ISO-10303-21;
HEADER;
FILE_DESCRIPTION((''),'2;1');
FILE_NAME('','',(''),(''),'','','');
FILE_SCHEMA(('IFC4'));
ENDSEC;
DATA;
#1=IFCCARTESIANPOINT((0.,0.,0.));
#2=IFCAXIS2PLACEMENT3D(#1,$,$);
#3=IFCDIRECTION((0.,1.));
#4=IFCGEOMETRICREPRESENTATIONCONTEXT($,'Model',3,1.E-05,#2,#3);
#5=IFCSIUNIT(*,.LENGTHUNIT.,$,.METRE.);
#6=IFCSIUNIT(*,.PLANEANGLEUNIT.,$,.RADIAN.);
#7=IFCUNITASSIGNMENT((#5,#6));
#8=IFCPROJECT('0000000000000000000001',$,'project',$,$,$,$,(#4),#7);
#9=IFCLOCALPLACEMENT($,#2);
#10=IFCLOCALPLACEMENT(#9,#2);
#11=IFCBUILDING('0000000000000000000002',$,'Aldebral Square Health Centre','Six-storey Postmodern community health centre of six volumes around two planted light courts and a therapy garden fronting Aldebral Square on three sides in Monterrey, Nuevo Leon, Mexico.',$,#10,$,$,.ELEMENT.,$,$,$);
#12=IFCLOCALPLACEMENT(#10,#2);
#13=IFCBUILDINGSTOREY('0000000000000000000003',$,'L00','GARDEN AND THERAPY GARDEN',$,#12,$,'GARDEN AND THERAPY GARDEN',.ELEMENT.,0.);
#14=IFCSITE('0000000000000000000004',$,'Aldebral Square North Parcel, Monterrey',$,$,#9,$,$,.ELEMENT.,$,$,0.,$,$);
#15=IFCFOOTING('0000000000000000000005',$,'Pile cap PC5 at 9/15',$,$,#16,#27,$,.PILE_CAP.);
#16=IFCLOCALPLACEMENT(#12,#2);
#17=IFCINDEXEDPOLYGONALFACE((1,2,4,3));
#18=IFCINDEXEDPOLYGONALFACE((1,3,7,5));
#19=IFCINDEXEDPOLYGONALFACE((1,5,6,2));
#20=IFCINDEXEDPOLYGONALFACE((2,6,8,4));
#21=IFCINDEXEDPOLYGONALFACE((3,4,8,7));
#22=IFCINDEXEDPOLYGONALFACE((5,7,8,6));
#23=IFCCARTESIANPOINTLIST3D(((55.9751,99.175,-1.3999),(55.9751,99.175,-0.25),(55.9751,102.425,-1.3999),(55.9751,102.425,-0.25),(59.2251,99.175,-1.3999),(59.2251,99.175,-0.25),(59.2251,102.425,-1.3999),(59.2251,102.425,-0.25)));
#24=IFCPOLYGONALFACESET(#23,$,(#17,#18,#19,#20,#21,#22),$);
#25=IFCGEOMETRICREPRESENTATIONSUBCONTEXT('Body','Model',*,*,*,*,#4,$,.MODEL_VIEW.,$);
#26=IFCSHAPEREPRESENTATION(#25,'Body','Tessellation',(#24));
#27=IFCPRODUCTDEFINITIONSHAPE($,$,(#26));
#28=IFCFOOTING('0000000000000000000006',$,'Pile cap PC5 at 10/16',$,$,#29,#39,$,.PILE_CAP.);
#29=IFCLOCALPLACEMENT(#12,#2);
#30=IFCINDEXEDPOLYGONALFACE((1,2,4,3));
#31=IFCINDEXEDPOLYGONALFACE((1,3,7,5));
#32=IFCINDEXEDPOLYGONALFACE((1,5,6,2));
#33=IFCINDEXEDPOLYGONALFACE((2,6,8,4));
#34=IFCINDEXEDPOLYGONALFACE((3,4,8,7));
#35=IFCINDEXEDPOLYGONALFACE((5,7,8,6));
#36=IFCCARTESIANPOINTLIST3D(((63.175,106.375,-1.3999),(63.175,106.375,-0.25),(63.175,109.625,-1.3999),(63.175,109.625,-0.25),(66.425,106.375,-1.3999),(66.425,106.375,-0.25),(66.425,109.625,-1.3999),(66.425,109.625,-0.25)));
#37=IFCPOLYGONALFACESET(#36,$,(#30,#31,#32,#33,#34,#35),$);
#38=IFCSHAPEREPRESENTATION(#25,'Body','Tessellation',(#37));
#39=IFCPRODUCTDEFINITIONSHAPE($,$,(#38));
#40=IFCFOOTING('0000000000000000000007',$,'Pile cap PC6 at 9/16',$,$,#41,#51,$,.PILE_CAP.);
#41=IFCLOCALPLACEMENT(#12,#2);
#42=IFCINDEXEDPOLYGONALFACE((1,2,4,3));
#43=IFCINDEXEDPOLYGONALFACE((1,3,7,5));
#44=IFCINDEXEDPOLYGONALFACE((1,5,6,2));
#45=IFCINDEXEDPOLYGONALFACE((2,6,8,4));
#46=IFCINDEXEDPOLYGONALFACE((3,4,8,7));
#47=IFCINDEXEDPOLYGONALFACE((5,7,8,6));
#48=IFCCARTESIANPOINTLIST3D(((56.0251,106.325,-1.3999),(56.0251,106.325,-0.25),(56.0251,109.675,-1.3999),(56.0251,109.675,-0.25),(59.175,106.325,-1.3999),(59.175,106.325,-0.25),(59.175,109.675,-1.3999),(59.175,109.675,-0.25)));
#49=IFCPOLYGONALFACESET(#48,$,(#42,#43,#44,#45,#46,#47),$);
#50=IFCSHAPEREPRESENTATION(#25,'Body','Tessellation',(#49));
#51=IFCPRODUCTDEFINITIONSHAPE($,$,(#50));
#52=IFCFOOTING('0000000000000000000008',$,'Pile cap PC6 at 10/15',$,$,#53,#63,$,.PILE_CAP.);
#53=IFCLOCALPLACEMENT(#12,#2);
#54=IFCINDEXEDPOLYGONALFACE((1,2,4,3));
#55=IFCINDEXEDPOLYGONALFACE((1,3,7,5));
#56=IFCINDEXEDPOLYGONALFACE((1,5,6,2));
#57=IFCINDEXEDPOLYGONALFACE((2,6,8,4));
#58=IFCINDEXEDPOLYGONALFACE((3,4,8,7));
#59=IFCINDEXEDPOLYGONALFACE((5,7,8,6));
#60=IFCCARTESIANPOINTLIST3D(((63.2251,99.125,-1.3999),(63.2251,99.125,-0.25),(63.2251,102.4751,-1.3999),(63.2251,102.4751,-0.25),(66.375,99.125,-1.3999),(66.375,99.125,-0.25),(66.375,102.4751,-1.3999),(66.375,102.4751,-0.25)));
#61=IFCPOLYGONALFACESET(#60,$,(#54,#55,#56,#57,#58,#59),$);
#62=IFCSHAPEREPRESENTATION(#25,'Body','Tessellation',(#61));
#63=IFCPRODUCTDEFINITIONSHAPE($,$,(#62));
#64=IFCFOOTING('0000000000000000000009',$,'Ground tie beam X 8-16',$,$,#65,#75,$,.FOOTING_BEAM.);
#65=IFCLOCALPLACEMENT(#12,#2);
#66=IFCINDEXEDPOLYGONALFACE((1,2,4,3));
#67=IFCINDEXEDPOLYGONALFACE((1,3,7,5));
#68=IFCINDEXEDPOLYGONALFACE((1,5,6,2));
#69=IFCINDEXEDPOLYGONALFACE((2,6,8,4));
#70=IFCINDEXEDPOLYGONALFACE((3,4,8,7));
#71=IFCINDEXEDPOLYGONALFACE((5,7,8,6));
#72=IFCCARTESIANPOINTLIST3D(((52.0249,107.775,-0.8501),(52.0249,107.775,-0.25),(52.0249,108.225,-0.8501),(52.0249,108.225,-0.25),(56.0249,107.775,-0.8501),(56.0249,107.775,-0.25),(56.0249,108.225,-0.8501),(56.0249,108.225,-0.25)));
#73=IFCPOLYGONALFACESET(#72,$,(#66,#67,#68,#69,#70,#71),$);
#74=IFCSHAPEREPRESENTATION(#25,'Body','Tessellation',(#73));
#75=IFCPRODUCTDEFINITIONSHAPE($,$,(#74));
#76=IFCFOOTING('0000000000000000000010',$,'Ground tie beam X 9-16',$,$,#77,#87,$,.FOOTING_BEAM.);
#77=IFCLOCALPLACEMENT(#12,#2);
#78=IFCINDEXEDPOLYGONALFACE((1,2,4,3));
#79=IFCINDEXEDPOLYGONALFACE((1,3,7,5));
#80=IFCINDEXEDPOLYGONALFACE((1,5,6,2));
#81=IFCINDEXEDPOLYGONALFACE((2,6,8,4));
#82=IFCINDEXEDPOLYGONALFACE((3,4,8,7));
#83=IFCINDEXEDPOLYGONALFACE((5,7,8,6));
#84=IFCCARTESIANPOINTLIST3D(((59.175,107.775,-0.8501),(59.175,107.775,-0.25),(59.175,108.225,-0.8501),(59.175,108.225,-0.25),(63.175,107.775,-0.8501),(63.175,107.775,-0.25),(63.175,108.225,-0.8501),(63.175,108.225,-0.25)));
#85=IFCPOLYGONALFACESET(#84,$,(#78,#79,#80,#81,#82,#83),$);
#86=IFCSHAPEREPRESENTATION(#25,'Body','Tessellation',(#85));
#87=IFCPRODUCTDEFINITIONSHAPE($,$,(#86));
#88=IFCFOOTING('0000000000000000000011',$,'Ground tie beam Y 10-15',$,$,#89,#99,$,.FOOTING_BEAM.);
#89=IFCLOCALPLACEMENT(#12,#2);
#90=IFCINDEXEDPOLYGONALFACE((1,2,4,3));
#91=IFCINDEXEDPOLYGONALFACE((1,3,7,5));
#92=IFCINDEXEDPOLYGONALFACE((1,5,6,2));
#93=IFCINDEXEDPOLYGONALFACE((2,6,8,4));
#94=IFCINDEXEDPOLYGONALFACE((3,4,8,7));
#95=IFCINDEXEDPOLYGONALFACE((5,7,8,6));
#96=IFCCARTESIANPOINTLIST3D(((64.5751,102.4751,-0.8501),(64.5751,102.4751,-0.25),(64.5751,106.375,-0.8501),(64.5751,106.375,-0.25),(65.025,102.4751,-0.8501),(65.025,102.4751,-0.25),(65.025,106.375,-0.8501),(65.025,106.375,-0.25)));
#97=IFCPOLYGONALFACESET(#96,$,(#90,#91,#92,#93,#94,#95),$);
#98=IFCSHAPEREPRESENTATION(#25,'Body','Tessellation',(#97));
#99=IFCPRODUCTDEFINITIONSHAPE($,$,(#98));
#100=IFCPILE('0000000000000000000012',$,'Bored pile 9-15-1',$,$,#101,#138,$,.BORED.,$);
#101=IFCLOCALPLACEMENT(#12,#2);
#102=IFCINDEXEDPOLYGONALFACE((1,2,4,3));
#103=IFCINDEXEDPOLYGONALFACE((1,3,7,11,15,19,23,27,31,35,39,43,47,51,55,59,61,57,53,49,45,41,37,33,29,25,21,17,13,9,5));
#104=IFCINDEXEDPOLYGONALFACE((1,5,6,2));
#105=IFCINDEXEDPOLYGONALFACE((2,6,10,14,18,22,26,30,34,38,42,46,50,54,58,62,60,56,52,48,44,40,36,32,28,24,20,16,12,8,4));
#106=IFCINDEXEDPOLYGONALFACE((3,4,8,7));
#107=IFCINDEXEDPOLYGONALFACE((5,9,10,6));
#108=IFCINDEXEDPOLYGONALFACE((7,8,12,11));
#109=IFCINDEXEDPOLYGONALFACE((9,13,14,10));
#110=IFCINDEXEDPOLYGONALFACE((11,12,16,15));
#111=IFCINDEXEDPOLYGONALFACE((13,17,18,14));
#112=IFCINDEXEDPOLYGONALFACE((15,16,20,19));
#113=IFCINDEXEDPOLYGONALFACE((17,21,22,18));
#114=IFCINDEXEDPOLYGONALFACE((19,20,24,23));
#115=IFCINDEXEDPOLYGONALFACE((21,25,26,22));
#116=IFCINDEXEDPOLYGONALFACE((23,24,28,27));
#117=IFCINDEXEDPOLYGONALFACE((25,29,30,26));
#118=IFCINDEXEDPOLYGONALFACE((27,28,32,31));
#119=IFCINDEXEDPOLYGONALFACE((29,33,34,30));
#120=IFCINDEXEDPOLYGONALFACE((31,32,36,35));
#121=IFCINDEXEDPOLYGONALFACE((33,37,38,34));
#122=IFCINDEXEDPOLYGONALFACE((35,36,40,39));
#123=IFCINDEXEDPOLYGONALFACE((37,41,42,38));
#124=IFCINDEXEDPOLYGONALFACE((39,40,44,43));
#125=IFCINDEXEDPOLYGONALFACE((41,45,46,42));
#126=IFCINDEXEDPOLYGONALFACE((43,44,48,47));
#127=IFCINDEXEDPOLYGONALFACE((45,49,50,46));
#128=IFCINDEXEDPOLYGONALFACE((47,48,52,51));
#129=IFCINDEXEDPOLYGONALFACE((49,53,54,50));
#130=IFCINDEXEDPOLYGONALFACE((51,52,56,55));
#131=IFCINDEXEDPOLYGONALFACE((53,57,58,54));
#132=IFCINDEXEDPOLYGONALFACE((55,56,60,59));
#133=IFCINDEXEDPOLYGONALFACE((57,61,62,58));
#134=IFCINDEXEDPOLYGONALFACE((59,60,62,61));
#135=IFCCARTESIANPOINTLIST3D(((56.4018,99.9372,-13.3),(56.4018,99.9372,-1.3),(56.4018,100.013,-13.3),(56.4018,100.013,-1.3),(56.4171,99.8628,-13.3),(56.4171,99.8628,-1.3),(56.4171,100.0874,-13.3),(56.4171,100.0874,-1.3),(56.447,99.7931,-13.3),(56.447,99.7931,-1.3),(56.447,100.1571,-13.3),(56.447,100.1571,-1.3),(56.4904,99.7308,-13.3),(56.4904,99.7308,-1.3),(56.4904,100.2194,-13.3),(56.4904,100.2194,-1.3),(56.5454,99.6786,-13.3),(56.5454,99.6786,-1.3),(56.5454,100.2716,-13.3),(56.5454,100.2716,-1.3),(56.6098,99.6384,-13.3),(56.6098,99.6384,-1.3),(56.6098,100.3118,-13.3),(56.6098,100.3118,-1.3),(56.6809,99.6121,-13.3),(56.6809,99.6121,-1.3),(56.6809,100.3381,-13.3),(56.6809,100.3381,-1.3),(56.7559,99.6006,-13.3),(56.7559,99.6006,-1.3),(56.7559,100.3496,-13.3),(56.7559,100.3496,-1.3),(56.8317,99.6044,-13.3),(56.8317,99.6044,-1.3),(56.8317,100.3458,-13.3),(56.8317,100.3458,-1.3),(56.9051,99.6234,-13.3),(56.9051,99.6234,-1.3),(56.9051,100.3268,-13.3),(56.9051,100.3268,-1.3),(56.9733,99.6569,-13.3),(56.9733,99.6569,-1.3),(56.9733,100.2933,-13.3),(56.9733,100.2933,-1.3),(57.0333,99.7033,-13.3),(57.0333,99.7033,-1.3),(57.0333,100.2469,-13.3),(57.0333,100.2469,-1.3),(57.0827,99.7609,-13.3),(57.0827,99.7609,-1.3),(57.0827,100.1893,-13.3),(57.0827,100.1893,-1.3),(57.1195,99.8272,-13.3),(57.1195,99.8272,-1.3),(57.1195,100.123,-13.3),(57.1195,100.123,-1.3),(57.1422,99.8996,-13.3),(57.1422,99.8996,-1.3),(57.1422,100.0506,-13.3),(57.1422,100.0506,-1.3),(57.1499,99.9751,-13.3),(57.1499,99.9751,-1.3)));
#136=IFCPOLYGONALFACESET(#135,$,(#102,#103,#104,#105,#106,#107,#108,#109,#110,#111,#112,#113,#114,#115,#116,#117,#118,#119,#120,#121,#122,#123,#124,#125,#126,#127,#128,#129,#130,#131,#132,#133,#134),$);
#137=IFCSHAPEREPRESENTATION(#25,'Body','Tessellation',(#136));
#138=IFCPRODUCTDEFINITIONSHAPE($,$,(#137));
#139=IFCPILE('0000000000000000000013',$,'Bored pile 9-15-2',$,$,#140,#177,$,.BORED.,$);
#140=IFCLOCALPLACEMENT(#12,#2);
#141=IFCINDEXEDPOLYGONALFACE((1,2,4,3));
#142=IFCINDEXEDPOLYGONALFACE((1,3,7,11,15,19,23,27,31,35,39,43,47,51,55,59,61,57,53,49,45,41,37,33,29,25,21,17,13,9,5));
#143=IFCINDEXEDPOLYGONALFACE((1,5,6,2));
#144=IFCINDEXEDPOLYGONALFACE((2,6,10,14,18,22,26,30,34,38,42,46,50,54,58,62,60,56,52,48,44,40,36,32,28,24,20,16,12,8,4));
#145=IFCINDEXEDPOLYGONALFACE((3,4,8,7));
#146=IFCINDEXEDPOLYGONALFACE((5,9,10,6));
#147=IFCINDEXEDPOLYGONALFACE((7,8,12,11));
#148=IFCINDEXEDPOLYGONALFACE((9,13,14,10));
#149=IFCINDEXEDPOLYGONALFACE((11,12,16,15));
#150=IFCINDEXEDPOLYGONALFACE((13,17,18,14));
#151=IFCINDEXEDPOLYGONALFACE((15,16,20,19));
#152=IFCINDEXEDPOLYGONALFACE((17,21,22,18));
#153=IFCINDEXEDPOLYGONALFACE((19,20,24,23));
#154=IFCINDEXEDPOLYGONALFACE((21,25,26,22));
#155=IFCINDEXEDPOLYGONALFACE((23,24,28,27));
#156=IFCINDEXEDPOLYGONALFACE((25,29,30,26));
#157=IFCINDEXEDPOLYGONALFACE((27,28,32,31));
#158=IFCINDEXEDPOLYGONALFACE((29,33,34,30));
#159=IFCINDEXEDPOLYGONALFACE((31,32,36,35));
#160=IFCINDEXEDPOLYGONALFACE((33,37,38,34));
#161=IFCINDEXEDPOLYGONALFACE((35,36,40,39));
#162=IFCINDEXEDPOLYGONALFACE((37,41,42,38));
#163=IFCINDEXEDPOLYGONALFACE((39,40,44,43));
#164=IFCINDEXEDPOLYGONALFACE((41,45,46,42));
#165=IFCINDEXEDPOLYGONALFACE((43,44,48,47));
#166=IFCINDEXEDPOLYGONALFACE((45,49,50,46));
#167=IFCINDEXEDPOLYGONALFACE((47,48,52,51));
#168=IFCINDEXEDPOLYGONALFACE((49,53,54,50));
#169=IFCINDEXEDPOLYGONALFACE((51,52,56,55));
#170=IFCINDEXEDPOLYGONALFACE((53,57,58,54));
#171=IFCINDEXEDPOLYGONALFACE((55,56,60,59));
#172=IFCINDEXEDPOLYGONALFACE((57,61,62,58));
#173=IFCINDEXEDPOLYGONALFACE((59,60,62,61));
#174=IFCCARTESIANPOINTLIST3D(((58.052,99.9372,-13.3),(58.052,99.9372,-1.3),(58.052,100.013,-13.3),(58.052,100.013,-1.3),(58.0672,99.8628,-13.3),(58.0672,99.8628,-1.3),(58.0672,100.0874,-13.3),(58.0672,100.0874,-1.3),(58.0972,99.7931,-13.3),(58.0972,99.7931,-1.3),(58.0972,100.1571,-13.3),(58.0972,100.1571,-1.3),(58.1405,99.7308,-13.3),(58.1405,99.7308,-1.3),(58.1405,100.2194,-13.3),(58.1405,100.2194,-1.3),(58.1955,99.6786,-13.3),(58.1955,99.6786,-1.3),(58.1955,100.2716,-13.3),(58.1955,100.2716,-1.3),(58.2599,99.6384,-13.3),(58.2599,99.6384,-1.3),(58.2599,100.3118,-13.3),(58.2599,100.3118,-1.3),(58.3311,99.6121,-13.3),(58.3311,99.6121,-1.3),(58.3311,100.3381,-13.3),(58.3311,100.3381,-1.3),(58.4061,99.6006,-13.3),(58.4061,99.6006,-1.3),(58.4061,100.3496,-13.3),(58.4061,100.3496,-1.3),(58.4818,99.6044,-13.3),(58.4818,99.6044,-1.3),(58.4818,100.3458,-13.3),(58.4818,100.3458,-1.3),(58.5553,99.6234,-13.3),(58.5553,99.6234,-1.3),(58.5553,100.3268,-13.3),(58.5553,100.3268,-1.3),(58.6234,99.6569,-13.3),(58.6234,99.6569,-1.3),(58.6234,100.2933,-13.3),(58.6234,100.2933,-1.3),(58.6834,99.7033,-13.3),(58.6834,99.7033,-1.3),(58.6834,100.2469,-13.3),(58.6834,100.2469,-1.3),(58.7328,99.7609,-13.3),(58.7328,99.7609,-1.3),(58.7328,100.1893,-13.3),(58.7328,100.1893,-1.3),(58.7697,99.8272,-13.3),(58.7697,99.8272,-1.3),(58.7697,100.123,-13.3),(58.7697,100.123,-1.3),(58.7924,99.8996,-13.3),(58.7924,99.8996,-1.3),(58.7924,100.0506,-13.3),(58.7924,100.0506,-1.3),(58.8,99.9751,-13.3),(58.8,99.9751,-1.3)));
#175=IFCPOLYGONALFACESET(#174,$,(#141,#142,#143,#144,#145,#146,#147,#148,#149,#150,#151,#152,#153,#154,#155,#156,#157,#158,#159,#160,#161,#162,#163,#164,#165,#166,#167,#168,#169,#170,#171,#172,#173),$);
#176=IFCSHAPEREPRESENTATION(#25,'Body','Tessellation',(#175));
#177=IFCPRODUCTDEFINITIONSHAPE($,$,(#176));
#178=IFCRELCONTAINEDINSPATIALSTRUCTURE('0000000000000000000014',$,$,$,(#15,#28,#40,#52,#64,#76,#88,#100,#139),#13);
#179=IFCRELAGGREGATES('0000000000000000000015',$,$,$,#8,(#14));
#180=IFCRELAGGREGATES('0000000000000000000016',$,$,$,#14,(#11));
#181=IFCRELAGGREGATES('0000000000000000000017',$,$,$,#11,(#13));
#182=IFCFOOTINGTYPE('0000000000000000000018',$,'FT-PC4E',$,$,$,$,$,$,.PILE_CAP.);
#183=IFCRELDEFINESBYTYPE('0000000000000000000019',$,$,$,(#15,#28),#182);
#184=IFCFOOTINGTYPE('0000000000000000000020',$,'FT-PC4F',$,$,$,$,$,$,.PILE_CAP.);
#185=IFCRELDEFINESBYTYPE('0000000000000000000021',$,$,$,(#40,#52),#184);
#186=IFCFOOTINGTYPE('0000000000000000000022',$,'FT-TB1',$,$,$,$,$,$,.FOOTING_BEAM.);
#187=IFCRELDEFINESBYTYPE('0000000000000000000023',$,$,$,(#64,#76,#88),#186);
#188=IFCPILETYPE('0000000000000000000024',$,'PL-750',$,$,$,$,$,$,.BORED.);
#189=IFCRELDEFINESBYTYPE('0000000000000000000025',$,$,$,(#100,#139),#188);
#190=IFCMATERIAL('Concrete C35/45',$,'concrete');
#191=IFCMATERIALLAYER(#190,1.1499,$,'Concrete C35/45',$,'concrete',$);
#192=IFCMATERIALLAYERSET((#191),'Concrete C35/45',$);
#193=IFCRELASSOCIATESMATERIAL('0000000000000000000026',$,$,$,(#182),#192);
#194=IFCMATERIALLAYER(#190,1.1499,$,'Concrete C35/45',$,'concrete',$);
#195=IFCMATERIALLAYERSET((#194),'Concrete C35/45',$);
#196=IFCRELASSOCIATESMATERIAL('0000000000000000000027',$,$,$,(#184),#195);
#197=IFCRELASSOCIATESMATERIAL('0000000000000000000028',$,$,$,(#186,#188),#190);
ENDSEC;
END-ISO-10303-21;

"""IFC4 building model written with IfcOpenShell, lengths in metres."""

from ifc_helpers import new_model, si_unit, direction, frame, origin, origin_2d, place, context, subcontext, project, spatial, rectangle, circle, extrude, material, layer, layer_set, material_profile, profile_set, type_object, element, save


model = new_model("IFC4")

# Units and contexts
model_context = context("Model", 3, precision=1e-05, world=origin(), true_north=direction((0.0, 1.0)))
body_context = subcontext(model_context, "Body", "Model", "MODEL_VIEW")
ifc_project = project(units=[si_unit("LENGTHUNIT", "METRE"), si_unit("PLANEANGLEUNIT", "RADIAN")], contexts=[model_context])

# Site, building, storey
site_placement = place(None, origin())
site = spatial("IfcSite", under=ifc_project, at=site_placement, Name="Aldebral Square North Parcel, Monterrey", CompositionType="ELEMENT", RefElevation=0.0)
building_placement = place(site_placement, origin())
building = spatial("IfcBuilding", under=site, at=building_placement, Name="Aldebral Square Health Centre", Description="Six-storey Postmodern community health centre of six volumes around two planted light courts and a therapy garden fronting Aldebral Square on three sides in Monterrey, Nuevo Leon, Mexico.", CompositionType="ELEMENT")
storey_placement = place(building_placement, origin())
storey = spatial("IfcBuildingStorey", under=building, at=storey_placement, Name="L00", Description="GARDEN AND THERAPY GARDEN", LongName="GARDEN AND THERAPY GARDEN", CompositionType="ELEMENT", Elevation=0.0)

# Footings
ifc_material_1 = material(Name="Concrete C35/45", Category="concrete")
ifc_layer_1 = layer(ifc_material_1, 1.1499, Name="Concrete C35/45", Category="concrete")
ifc_layer_set_1 = layer_set([ifc_layer_1], Name="Concrete C35/45")
footing_type_1 = type_object("IfcFootingType", Name="FT-PC4E", PredefinedType="PILE_CAP", material=ifc_layer_set_1)
for number, where, z_axis, x_axis, name in (
    (1, (57.6001, 100.8, -1.3999), (0.0, 0.0, 1.0), (1.0, 0.0, 0.0), "Pile cap PC5 at 9/15"),
    (2, (64.8, 108.0, -1.3999), (0.0, 0.0, 1.0), (1.0, 0.0, 0.0), "Pile cap PC5 at 10/16"),
):
    element("IfcFooting", number, at=place(storey_placement, frame(where, z_axis=z_axis, x_axis=x_axis)), inside=storey, type_object=footing_type_1, Name=name, PredefinedType="PILE_CAP", context=body_context, shape_type="SweptSolid", body=[
        extrude(rectangle(XDim=3.25, YDim=3.25, at=origin_2d()), origin(), (0.0, 0.0, 1.0), 1.1499),
    ])
ifc_layer_2 = layer(ifc_material_1, 1.1499, Name="Concrete C35/45", Category="concrete")
ifc_layer_set_2 = layer_set([ifc_layer_2], Name="Concrete C35/45")
footing_type_2 = type_object("IfcFootingType", Name="FT-PC4F", PredefinedType="PILE_CAP", material=ifc_layer_set_2)
for number, where, z_axis, x_axis, name in (
    (3, (57.6001, 108.0, -1.3999), (0.0, 0.0, 1.0), (1.0, 0.0, 0.0), "Pile cap PC6 at 9/16"),
    (4, (64.8, 100.8, -1.3999), (0.0, 0.0, 1.0), (1.0, 0.0, 0.0), "Pile cap PC6 at 10/15"),
):
    element("IfcFooting", number, at=place(storey_placement, frame(where, z_axis=z_axis, x_axis=x_axis)), inside=storey, type_object=footing_type_2, Name=name, PredefinedType="PILE_CAP", context=body_context, shape_type="SweptSolid", body=[
        extrude(rectangle(XDim=3.1499, YDim=3.3501, at=origin_2d()), origin(), (0.0, 0.0, 1.0), 1.1499),
    ])
ifc_material_profile_1 = material_profile(ifc_material_1, rectangle(XDim=0.45, YDim=0.6001, at=origin_2d()), Name="RC 450x600")
ifc_profile_set_1 = profile_set([ifc_material_profile_1], Name="Concrete C35/45")
footing_type_3 = type_object("IfcFootingType", Name="FT-TB1", PredefinedType="FOOTING_BEAM", material=ifc_profile_set_1)
for number, where, z_axis, x_axis, name in (
    (5, (52.0249, 108.0, -0.55), (1.0, 0.0, 0.0), (0.0, 1.0, 0.0), "Ground tie beam X 8-16"),
    (6, (59.175, 108.0, -0.55), (1.0, 0.0, 0.0), (0.0, 1.0, 0.0), "Ground tie beam X 9-16"),
):
    element("IfcFooting", number, at=place(storey_placement, frame(where, z_axis=z_axis, x_axis=x_axis)), inside=storey, type_object=footing_type_3, Name=name, PredefinedType="FOOTING_BEAM", context=body_context, shape_type="SweptSolid", body=[
        extrude(rectangle(XDim=0.45, YDim=0.6001, at=origin_2d()), origin(), (0.0, 0.0, 1.0), 4.0),
    ])
footing_placement = place(storey_placement, frame((64.8, 102.4751, -0.55), z_axis=(0.0, 1.0, 0.0), x_axis=(-1.0, 0.0, 0.0)))
element("IfcFooting", 7, at=footing_placement, inside=storey, type_object=footing_type_3, Name="Ground tie beam Y 10-15", PredefinedType="FOOTING_BEAM", context=body_context, shape_type="SweptSolid", body=[
    extrude(rectangle(XDim=0.45, YDim=0.6001, at=origin_2d()), origin(), (0.0, 0.0, 1.0), 3.8999),
])

# Piles
ifc_material_profile_2 = material_profile(ifc_material_1, circle(Radius=0.375, at=origin_2d()), Name="PILE D750")
ifc_profile_set_2 = profile_set([ifc_material_profile_2], Name="Concrete C35/45")
pile_type = type_object("IfcPileType", Name="PL-750", PredefinedType="BORED", material=ifc_profile_set_2)
for number, where, z_axis, x_axis, name in (
    (8, (56.7749, 99.9751, -1.3), (0.0, 0.0, -1.0), (1.0, 0.0, 0.0), "Bored pile 9-15-1"),
    (9, (58.425, 99.9751, -1.3), (0.0, 0.0, -1.0), (1.0, 0.0, 0.0), "Bored pile 9-15-2"),
):
    element("IfcPile", number, at=place(storey_placement, frame(where, z_axis=z_axis, x_axis=x_axis)), inside=storey, type_object=pile_type, Name=name, PredefinedType="BORED", context=body_context, shape_type="SweptSolid", body=[
        extrude(circle(Radius=0.375, at=origin_2d()), origin(), (0.0, 0.0, 1.0), 12.0),
    ])

save(model, "model.ifc")
